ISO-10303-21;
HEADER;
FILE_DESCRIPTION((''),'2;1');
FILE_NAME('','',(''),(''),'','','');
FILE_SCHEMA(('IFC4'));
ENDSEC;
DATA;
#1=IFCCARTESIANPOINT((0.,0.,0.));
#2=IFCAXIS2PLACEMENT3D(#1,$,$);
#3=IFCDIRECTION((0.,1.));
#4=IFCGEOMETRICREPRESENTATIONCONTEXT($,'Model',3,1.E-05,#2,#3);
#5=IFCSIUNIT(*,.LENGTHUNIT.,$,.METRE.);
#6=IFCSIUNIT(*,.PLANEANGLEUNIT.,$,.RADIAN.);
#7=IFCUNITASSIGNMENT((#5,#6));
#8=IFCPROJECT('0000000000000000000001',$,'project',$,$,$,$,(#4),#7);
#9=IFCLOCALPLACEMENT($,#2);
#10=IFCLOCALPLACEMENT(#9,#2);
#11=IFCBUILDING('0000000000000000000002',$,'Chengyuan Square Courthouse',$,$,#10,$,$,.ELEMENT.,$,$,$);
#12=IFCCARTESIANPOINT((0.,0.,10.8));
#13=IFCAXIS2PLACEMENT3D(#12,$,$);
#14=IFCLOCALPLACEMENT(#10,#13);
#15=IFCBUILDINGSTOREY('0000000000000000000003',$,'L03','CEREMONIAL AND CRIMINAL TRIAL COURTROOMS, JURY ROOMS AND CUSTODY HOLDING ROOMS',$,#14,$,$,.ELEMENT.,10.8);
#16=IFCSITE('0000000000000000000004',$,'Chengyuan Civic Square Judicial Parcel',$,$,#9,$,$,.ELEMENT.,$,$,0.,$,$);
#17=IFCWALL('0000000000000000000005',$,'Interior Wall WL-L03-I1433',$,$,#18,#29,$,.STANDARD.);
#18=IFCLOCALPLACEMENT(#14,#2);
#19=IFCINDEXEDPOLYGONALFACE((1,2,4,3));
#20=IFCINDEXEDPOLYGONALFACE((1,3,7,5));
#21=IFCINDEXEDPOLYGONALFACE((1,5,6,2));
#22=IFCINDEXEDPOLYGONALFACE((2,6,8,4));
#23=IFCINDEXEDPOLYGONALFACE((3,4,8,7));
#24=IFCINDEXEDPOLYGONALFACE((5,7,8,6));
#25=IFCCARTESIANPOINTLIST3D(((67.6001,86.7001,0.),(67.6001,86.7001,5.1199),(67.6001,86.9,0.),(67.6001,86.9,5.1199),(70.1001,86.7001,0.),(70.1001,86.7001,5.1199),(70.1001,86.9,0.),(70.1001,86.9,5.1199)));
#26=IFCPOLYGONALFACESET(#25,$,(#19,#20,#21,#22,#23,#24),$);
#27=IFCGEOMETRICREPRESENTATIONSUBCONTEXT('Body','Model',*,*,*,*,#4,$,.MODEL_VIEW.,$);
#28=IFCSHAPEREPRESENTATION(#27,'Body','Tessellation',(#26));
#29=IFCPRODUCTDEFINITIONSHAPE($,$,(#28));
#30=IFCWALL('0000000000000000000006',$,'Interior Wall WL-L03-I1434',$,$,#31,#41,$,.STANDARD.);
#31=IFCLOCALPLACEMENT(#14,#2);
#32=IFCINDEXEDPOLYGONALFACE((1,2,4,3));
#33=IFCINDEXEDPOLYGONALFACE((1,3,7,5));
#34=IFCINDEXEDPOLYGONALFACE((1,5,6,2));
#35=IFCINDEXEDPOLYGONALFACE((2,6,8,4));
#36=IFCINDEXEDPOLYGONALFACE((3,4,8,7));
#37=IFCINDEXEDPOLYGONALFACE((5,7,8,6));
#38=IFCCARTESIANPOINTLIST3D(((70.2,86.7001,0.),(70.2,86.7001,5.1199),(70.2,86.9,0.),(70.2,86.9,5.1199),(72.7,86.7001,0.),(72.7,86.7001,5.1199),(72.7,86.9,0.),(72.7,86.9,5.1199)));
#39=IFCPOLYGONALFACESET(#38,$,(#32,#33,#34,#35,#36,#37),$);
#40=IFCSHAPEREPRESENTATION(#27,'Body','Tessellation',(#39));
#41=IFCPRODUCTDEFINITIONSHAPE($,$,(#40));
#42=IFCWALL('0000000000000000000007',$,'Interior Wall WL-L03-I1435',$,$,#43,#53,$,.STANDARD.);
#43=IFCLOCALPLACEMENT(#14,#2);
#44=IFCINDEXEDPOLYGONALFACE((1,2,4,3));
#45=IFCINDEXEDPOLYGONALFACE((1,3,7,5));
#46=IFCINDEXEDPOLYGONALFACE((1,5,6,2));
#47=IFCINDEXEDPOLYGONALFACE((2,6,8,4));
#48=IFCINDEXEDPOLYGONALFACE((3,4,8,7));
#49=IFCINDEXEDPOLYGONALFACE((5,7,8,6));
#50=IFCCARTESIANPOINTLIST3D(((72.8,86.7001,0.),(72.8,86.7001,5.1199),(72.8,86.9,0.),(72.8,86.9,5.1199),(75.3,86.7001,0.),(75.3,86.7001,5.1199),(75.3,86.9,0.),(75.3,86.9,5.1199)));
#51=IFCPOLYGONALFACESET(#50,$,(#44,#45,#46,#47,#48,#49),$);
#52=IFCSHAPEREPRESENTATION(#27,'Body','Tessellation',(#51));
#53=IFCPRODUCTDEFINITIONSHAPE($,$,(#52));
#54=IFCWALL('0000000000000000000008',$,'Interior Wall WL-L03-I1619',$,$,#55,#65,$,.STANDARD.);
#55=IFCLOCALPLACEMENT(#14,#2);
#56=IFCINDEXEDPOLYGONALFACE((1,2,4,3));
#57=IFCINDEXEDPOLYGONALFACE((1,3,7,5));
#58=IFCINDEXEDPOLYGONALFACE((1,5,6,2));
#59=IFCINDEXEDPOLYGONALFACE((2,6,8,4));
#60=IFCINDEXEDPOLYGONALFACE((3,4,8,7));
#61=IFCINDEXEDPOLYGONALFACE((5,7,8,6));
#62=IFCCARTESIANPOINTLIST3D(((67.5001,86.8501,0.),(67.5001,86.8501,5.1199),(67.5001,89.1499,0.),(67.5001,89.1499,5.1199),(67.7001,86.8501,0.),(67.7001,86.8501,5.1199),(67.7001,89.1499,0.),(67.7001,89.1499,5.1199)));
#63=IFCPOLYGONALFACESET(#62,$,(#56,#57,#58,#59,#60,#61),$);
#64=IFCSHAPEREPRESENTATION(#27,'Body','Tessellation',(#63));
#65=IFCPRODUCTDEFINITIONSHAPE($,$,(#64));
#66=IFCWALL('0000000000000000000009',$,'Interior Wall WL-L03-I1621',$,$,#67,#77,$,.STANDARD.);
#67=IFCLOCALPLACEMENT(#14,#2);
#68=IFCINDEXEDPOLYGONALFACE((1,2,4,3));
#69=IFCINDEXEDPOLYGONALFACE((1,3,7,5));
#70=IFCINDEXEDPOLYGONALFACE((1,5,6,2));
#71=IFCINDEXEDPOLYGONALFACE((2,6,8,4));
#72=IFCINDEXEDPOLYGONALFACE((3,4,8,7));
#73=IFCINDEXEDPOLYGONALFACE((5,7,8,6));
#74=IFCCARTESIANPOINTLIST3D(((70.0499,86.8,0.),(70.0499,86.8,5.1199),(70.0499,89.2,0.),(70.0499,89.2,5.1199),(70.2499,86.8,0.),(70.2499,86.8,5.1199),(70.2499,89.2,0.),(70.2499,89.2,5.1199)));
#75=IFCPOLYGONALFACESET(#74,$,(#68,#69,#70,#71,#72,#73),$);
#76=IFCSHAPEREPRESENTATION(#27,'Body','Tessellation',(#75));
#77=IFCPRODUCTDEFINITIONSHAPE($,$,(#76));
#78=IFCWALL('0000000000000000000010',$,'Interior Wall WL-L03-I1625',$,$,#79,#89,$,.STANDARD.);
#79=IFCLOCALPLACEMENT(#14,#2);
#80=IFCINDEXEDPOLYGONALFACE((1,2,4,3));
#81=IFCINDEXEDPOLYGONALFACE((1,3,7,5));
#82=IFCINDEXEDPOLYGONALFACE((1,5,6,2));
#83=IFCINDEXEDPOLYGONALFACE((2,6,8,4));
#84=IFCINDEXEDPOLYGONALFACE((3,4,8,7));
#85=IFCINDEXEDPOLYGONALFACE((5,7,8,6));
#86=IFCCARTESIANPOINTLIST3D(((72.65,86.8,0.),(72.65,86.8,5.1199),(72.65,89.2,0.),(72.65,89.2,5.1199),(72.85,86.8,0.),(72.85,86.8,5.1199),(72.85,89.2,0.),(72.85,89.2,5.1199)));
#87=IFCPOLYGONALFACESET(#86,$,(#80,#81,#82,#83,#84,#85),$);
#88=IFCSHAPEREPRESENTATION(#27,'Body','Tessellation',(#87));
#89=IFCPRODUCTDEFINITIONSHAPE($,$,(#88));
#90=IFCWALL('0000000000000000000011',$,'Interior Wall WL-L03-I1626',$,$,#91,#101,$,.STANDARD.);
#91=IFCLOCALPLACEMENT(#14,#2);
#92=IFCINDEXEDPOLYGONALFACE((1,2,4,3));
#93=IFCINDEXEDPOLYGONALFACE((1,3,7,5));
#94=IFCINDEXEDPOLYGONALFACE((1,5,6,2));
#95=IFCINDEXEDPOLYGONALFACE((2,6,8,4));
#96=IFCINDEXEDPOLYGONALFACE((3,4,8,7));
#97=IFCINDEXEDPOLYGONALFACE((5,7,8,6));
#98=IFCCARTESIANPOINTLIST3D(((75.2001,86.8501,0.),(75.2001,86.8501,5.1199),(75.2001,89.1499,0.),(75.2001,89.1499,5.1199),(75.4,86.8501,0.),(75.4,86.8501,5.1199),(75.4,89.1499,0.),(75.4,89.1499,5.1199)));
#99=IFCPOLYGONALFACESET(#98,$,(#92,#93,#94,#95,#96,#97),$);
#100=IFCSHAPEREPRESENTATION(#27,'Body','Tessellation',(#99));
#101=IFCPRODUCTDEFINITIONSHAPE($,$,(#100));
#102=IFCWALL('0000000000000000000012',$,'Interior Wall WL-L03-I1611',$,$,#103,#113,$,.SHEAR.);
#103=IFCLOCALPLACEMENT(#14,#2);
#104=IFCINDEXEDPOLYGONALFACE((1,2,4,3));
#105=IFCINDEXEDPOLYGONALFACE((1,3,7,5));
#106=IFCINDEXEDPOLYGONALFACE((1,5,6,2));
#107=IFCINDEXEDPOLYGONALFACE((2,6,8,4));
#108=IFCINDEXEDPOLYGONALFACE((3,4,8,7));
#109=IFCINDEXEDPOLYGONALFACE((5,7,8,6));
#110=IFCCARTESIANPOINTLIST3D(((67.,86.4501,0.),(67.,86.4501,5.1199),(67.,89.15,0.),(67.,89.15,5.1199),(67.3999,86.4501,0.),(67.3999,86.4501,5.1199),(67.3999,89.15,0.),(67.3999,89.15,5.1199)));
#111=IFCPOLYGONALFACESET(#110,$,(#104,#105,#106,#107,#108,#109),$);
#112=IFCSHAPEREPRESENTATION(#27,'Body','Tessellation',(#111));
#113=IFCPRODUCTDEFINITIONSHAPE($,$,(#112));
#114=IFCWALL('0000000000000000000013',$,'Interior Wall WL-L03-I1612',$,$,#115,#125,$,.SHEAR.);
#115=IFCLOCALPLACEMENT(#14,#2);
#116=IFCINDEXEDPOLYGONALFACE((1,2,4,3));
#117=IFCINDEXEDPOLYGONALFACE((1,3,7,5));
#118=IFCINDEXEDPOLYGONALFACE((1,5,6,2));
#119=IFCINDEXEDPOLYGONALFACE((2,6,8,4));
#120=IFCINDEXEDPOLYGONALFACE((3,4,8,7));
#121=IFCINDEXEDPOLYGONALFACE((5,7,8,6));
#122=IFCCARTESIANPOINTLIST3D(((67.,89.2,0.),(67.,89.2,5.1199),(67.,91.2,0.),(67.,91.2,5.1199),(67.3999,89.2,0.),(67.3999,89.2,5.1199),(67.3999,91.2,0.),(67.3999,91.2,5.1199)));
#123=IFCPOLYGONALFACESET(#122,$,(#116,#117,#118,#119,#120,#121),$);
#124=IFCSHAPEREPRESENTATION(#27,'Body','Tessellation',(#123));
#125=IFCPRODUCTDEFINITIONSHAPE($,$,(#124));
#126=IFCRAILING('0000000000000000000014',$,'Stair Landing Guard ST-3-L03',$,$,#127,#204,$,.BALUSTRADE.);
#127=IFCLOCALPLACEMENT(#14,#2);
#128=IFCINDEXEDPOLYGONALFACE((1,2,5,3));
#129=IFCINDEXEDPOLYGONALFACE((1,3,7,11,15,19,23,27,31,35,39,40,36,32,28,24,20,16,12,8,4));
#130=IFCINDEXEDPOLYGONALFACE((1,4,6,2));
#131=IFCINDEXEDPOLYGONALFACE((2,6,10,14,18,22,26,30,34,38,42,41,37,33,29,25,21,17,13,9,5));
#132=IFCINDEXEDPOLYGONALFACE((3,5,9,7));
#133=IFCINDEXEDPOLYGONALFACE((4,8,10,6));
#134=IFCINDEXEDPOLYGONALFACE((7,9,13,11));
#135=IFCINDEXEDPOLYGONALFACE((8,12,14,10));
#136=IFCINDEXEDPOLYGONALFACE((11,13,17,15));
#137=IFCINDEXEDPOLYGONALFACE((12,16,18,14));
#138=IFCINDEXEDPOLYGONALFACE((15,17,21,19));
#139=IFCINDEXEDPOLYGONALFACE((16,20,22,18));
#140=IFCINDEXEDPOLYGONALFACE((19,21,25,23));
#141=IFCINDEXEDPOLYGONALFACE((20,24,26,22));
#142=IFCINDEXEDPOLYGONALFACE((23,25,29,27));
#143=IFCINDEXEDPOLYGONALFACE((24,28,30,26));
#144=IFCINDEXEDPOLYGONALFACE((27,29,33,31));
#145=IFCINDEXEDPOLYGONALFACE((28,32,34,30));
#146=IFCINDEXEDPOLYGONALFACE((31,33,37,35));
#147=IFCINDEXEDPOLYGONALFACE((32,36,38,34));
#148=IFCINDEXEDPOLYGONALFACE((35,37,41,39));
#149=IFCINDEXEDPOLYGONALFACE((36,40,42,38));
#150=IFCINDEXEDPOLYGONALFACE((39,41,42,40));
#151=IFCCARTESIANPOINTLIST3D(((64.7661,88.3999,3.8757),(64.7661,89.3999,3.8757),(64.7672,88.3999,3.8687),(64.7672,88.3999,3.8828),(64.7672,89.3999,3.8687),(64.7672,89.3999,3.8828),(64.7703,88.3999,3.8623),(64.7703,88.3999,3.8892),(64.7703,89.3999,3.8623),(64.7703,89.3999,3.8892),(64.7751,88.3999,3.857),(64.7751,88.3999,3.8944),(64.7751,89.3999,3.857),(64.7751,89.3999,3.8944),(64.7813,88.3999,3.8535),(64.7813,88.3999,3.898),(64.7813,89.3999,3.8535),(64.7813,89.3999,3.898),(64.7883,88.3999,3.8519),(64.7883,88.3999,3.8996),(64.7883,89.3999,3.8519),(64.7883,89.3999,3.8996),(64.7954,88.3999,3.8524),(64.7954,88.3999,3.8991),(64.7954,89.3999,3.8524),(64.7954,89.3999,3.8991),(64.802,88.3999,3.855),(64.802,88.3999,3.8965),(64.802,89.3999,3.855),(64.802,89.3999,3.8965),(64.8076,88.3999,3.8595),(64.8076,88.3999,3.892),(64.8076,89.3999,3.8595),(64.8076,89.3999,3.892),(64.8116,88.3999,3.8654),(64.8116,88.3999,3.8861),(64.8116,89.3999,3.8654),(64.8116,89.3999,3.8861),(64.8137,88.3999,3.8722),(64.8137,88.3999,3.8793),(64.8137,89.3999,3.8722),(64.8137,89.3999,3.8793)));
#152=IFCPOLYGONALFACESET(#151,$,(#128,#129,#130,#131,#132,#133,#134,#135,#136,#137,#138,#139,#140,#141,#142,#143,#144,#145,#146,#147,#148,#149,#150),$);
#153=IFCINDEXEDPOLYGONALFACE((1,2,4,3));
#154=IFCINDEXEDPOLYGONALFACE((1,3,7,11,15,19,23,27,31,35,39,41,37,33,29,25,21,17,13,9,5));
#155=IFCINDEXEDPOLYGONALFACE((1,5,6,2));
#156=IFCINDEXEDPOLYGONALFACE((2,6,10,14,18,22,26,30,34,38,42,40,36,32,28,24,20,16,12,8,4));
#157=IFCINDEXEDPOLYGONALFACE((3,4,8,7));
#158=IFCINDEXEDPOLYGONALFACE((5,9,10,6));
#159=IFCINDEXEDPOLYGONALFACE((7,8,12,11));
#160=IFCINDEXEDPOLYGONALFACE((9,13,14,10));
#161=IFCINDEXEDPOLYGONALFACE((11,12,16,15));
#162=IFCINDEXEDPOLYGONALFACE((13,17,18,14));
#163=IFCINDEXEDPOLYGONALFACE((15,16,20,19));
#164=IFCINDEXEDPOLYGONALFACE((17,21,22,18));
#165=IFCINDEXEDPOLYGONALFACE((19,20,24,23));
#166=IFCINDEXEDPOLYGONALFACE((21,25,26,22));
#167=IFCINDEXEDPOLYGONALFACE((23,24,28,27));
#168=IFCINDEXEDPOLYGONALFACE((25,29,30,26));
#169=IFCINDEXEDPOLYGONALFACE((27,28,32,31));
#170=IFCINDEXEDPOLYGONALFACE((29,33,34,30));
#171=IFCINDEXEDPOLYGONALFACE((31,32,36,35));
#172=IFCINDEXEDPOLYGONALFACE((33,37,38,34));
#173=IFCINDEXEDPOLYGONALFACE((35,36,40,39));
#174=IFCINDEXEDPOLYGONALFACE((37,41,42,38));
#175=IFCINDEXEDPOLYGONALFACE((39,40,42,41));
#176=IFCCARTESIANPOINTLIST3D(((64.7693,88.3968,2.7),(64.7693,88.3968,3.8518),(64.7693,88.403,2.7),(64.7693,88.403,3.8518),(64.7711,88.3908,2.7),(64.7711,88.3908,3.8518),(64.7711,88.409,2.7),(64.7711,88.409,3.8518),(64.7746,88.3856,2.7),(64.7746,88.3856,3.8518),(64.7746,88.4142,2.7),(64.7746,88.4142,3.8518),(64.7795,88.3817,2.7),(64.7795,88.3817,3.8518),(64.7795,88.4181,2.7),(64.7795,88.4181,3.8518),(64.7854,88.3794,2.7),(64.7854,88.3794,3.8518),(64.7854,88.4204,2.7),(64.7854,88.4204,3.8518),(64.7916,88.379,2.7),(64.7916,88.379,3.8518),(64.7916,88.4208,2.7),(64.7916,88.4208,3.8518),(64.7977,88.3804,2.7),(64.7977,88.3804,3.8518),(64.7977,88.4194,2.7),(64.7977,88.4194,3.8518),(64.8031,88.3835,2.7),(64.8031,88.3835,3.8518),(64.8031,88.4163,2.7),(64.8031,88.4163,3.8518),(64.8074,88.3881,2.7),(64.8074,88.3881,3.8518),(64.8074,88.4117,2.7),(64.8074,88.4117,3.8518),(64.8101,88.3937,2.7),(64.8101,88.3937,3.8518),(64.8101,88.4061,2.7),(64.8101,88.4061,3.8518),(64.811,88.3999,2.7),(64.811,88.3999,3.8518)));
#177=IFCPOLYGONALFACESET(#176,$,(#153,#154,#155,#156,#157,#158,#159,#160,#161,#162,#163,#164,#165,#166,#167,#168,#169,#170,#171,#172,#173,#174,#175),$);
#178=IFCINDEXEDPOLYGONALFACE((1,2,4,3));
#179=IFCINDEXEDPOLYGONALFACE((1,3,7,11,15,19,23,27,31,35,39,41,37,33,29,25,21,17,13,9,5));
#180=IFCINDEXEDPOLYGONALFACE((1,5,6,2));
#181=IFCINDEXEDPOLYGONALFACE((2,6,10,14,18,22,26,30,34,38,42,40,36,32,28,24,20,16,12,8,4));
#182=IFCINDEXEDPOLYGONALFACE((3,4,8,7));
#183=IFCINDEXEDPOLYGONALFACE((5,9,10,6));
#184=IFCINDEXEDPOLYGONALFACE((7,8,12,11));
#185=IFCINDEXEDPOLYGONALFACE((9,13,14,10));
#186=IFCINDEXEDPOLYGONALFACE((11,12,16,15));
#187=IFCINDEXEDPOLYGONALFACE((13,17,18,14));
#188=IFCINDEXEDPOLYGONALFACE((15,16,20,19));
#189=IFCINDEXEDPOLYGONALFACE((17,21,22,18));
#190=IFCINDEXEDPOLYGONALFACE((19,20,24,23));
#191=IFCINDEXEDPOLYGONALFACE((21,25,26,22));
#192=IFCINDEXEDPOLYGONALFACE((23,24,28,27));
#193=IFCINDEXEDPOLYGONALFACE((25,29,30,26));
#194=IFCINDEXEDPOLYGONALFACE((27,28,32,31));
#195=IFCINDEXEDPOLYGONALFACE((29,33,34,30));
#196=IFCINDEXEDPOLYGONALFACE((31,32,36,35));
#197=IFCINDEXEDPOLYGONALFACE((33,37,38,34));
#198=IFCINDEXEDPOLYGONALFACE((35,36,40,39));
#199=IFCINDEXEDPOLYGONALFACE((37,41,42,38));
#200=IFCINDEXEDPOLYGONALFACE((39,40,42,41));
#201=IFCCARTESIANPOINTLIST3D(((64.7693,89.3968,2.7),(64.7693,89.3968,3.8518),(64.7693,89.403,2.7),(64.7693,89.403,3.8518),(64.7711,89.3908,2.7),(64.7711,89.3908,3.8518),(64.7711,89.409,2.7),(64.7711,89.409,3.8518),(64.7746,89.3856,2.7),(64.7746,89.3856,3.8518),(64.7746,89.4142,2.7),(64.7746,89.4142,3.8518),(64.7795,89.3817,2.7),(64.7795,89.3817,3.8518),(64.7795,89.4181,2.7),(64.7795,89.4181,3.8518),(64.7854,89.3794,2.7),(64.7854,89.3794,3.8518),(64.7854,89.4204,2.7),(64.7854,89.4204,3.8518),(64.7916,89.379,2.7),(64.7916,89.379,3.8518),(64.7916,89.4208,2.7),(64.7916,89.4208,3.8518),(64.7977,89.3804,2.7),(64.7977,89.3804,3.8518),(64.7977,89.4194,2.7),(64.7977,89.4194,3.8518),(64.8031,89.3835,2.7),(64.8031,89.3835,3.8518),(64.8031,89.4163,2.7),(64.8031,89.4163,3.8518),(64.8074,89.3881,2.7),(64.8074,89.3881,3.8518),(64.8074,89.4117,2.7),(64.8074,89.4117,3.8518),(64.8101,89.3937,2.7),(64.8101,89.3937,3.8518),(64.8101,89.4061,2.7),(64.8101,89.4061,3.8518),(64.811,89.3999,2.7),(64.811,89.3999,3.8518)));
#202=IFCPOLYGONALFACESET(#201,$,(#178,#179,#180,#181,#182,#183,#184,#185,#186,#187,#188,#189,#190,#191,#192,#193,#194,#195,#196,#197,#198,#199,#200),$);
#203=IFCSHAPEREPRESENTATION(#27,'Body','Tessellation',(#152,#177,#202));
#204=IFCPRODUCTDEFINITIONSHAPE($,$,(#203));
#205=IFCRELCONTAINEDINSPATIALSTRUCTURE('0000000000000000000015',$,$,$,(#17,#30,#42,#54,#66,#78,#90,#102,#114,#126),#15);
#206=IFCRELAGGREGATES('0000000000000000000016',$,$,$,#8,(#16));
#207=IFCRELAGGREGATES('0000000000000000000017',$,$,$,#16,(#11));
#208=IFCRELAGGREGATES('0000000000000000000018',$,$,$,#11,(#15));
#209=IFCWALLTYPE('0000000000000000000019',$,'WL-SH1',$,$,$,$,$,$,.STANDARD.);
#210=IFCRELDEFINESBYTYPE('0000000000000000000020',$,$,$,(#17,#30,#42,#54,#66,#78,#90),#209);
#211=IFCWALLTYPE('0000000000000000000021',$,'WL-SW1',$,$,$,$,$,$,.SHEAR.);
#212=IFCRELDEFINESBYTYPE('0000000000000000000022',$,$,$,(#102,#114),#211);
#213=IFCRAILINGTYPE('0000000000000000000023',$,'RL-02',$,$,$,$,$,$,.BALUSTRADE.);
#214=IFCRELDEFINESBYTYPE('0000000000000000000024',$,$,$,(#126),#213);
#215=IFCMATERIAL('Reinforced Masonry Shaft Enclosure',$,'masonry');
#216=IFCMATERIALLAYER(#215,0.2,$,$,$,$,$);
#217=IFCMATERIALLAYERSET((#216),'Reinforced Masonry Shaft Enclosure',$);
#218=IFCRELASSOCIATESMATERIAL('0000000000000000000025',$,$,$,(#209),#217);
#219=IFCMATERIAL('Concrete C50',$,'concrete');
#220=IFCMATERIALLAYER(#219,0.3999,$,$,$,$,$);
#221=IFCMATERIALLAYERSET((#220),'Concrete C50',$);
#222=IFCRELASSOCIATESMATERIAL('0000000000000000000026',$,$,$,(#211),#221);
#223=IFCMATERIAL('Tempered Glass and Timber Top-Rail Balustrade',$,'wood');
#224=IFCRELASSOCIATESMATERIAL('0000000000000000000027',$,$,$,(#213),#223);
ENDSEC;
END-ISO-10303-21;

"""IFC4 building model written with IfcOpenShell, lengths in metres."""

from ifc_helpers import new_model, si_unit, direction, frame, frame_2d, origin, origin_2d, place, context, subcontext, project, spatial, rectangle, circle, extrude, material, layer, layer_set, type_object, element, save


model = new_model("IFC4")

# Units and contexts
model_context = context("Model", 3, precision=1e-05, world=origin(), true_north=direction((0.0, 1.0)))
body_context = subcontext(model_context, "Body", "Model", "MODEL_VIEW")
ifc_project = project(units=[si_unit("LENGTHUNIT", "METRE"), si_unit("PLANEANGLEUNIT", "RADIAN")], contexts=[model_context])

# Site, building, storey
site_placement = place(None, origin())
site = spatial("IfcSite", under=ifc_project, at=site_placement, Name="Chengyuan Civic Square Judicial Parcel", CompositionType="ELEMENT", RefElevation=0.0)
building_placement = place(site_placement, origin())
building = spatial("IfcBuilding", under=site, at=building_placement, Name="Chengyuan Square Courthouse", CompositionType="ELEMENT")
storey_placement = place(building_placement, frame((0.0, 0.0, 10.8)))
storey = spatial("IfcBuildingStorey", under=building, at=storey_placement, Name="L03", Description="CEREMONIAL AND CRIMINAL TRIAL COURTROOMS, JURY ROOMS AND CUSTODY HOLDING ROOMS", CompositionType="ELEMENT", Elevation=10.8)

# Shared definitions
ifc_material_1 = material(Name="Concrete C50", Category="concrete")

# Walls
ifc_material_2 = material(Name="Reinforced Masonry Shaft Enclosure", Category="masonry")
ifc_layer_1 = layer(ifc_material_2, 0.2)
ifc_layer_set_1 = layer_set([ifc_layer_1], Name="Reinforced Masonry Shaft Enclosure")
wall_type_1 = type_object("IfcWallType", Name="WL-SH1", PredefinedType="STANDARD", material=ifc_layer_set_1)
for number, where, z_axis, x_axis, name in (
    (1, (67.6001, 86.8, 0.0), (0.0, 0.0, 1.0), (1.0, 0.0, 0.0), "Interior Wall WL-L03-I1433"),
    (2, (70.2, 86.8, 0.0), (0.0, 0.0, 1.0), (1.0, 0.0, 0.0), "Interior Wall WL-L03-I1434"),
    (3, (72.8, 86.8, 0.0), (0.0, 0.0, 1.0), (1.0, 0.0, 0.0), "Interior Wall WL-L03-I1435"),
):
    element("IfcWall", number, at=place(storey_placement, frame(where, z_axis=z_axis, x_axis=x_axis)), inside=storey, type_object=wall_type_1, Name=name, PredefinedType="STANDARD", context=body_context, shape_type="SweptSolid", body=[
        extrude(rectangle(XDim=2.5, YDim=0.2, at=frame_2d((1.25, 0.0))), origin(), (0.0, 0.0, 1.0), 5.1199),
    ])

# Walls
wall_1_placement = place(storey_placement, frame((67.6001, 86.8501, 0.0), z_axis=(0.0, 0.0, 1.0), x_axis=(0.0, 1.0, 0.0)))
element("IfcWall", 4, at=wall_1_placement, inside=storey, type_object=wall_type_1, Name="Interior Wall WL-L03-I1619", PredefinedType="STANDARD", context=body_context, shape_type="SweptSolid", body=[
    extrude(rectangle(XDim=2.2998, YDim=0.2, at=frame_2d((1.1499, 0.0))), origin(), (0.0, 0.0, 1.0), 5.1199),
])
for number, where, z_axis, x_axis, name in (
    (5, (70.1499, 86.8, 0.0), (0.0, 0.0, 1.0), (0.0, 1.0, 0.0), "Interior Wall WL-L03-I1621"),
    (6, (72.75, 86.8, 0.0), (0.0, 0.0, 1.0), (0.0, 1.0, 0.0), "Interior Wall WL-L03-I1625"),
):
    element("IfcWall", number, at=place(storey_placement, frame(where, z_axis=z_axis, x_axis=x_axis)), inside=storey, type_object=wall_type_1, Name=name, PredefinedType="STANDARD", context=body_context, shape_type="SweptSolid", body=[
        extrude(rectangle(XDim=2.3999, YDim=0.2, at=frame_2d((1.2, 0.0))), origin(), (0.0, 0.0, 1.0), 5.1199),
    ])
wall_2_placement = place(storey_placement, frame((75.3, 86.8501, 0.0), z_axis=(0.0, 0.0, 1.0), x_axis=(0.0, 1.0, 0.0)))
element("IfcWall", 7, at=wall_2_placement, inside=storey, type_object=wall_type_1, Name="Interior Wall WL-L03-I1626", PredefinedType="STANDARD", context=body_context, shape_type="SweptSolid", body=[
    extrude(rectangle(XDim=2.2998, YDim=0.2, at=frame_2d((1.1499, 0.0))), origin(), (0.0, 0.0, 1.0), 5.1199),
])
ifc_layer_2 = layer(ifc_material_1, 0.3999)
ifc_layer_set_2 = layer_set([ifc_layer_2], Name="Concrete C50")
wall_type_2 = type_object("IfcWallType", Name="WL-SW1", PredefinedType="SHEAR", material=ifc_layer_set_2)
wall_3_placement = place(storey_placement, frame((67.2, 86.45, 0.0), z_axis=(0.0, 0.0, 1.0), x_axis=(0.0, 1.0, 0.0)))
element("IfcWall", 8, at=wall_3_placement, inside=storey, type_object=wall_type_2, Name="Interior Wall WL-L03-I1611", PredefinedType="SHEAR", context=body_context, shape_type="SweptSolid", body=[
    extrude(rectangle(XDim=2.7, YDim=0.3999, at=frame_2d((1.3501, 0.0))), origin(), (0.0, 0.0, 1.0), 5.1199),
])
wall_4_placement = place(storey_placement, frame((67.2, 89.2, 0.0), z_axis=(0.0, 0.0, 1.0), x_axis=(0.0, 1.0, 0.0)))
element("IfcWall", 9, at=wall_4_placement, inside=storey, type_object=wall_type_2, Name="Interior Wall WL-L03-I1612", PredefinedType="SHEAR", context=body_context, shape_type="SweptSolid", body=[
    extrude(rectangle(XDim=2.0, YDim=0.3999, at=frame_2d((1.0, 0.0))), origin(), (0.0, 0.0, 1.0), 5.1199),
])

# Railing
ifc_material_3 = material(Name="Tempered Glass and Timber Top-Rail Balustrade", Category="wood")
railing_type = type_object("IfcRailingType", Name="RL-02", PredefinedType="BALUSTRADE", material=ifc_material_3)
railing_1_placement = place(storey_placement, frame((64.79, 88.3999, 2.7)))
element("IfcRailing", 10, at=railing_1_placement, inside=storey, type_object=railing_type, Name="Stair Landing Guard ST-3-L03", PredefinedType="BALUSTRADE", context=body_context, shape_type="SweptSolid", body=[
    extrude(circle(Radius=0.0239, at=origin_2d()), frame((0.0, 0.0, 1.1758), z_axis=(0.0, 1.0, 0.0), x_axis=(-1.0, 0.0, 0.0)), (0.0, 0.0, 1.0), 1.0),
    extrude(circle(Radius=0.021, at=origin_2d()), origin(), (0.0, 0.0, 1.0), 1.1519),
    extrude(circle(Radius=0.021, at=origin_2d()), frame((0.0, 1.0, 0.0)), (0.0, 0.0, 1.0), 1.1519),
])

save(model, "model.ifc")
